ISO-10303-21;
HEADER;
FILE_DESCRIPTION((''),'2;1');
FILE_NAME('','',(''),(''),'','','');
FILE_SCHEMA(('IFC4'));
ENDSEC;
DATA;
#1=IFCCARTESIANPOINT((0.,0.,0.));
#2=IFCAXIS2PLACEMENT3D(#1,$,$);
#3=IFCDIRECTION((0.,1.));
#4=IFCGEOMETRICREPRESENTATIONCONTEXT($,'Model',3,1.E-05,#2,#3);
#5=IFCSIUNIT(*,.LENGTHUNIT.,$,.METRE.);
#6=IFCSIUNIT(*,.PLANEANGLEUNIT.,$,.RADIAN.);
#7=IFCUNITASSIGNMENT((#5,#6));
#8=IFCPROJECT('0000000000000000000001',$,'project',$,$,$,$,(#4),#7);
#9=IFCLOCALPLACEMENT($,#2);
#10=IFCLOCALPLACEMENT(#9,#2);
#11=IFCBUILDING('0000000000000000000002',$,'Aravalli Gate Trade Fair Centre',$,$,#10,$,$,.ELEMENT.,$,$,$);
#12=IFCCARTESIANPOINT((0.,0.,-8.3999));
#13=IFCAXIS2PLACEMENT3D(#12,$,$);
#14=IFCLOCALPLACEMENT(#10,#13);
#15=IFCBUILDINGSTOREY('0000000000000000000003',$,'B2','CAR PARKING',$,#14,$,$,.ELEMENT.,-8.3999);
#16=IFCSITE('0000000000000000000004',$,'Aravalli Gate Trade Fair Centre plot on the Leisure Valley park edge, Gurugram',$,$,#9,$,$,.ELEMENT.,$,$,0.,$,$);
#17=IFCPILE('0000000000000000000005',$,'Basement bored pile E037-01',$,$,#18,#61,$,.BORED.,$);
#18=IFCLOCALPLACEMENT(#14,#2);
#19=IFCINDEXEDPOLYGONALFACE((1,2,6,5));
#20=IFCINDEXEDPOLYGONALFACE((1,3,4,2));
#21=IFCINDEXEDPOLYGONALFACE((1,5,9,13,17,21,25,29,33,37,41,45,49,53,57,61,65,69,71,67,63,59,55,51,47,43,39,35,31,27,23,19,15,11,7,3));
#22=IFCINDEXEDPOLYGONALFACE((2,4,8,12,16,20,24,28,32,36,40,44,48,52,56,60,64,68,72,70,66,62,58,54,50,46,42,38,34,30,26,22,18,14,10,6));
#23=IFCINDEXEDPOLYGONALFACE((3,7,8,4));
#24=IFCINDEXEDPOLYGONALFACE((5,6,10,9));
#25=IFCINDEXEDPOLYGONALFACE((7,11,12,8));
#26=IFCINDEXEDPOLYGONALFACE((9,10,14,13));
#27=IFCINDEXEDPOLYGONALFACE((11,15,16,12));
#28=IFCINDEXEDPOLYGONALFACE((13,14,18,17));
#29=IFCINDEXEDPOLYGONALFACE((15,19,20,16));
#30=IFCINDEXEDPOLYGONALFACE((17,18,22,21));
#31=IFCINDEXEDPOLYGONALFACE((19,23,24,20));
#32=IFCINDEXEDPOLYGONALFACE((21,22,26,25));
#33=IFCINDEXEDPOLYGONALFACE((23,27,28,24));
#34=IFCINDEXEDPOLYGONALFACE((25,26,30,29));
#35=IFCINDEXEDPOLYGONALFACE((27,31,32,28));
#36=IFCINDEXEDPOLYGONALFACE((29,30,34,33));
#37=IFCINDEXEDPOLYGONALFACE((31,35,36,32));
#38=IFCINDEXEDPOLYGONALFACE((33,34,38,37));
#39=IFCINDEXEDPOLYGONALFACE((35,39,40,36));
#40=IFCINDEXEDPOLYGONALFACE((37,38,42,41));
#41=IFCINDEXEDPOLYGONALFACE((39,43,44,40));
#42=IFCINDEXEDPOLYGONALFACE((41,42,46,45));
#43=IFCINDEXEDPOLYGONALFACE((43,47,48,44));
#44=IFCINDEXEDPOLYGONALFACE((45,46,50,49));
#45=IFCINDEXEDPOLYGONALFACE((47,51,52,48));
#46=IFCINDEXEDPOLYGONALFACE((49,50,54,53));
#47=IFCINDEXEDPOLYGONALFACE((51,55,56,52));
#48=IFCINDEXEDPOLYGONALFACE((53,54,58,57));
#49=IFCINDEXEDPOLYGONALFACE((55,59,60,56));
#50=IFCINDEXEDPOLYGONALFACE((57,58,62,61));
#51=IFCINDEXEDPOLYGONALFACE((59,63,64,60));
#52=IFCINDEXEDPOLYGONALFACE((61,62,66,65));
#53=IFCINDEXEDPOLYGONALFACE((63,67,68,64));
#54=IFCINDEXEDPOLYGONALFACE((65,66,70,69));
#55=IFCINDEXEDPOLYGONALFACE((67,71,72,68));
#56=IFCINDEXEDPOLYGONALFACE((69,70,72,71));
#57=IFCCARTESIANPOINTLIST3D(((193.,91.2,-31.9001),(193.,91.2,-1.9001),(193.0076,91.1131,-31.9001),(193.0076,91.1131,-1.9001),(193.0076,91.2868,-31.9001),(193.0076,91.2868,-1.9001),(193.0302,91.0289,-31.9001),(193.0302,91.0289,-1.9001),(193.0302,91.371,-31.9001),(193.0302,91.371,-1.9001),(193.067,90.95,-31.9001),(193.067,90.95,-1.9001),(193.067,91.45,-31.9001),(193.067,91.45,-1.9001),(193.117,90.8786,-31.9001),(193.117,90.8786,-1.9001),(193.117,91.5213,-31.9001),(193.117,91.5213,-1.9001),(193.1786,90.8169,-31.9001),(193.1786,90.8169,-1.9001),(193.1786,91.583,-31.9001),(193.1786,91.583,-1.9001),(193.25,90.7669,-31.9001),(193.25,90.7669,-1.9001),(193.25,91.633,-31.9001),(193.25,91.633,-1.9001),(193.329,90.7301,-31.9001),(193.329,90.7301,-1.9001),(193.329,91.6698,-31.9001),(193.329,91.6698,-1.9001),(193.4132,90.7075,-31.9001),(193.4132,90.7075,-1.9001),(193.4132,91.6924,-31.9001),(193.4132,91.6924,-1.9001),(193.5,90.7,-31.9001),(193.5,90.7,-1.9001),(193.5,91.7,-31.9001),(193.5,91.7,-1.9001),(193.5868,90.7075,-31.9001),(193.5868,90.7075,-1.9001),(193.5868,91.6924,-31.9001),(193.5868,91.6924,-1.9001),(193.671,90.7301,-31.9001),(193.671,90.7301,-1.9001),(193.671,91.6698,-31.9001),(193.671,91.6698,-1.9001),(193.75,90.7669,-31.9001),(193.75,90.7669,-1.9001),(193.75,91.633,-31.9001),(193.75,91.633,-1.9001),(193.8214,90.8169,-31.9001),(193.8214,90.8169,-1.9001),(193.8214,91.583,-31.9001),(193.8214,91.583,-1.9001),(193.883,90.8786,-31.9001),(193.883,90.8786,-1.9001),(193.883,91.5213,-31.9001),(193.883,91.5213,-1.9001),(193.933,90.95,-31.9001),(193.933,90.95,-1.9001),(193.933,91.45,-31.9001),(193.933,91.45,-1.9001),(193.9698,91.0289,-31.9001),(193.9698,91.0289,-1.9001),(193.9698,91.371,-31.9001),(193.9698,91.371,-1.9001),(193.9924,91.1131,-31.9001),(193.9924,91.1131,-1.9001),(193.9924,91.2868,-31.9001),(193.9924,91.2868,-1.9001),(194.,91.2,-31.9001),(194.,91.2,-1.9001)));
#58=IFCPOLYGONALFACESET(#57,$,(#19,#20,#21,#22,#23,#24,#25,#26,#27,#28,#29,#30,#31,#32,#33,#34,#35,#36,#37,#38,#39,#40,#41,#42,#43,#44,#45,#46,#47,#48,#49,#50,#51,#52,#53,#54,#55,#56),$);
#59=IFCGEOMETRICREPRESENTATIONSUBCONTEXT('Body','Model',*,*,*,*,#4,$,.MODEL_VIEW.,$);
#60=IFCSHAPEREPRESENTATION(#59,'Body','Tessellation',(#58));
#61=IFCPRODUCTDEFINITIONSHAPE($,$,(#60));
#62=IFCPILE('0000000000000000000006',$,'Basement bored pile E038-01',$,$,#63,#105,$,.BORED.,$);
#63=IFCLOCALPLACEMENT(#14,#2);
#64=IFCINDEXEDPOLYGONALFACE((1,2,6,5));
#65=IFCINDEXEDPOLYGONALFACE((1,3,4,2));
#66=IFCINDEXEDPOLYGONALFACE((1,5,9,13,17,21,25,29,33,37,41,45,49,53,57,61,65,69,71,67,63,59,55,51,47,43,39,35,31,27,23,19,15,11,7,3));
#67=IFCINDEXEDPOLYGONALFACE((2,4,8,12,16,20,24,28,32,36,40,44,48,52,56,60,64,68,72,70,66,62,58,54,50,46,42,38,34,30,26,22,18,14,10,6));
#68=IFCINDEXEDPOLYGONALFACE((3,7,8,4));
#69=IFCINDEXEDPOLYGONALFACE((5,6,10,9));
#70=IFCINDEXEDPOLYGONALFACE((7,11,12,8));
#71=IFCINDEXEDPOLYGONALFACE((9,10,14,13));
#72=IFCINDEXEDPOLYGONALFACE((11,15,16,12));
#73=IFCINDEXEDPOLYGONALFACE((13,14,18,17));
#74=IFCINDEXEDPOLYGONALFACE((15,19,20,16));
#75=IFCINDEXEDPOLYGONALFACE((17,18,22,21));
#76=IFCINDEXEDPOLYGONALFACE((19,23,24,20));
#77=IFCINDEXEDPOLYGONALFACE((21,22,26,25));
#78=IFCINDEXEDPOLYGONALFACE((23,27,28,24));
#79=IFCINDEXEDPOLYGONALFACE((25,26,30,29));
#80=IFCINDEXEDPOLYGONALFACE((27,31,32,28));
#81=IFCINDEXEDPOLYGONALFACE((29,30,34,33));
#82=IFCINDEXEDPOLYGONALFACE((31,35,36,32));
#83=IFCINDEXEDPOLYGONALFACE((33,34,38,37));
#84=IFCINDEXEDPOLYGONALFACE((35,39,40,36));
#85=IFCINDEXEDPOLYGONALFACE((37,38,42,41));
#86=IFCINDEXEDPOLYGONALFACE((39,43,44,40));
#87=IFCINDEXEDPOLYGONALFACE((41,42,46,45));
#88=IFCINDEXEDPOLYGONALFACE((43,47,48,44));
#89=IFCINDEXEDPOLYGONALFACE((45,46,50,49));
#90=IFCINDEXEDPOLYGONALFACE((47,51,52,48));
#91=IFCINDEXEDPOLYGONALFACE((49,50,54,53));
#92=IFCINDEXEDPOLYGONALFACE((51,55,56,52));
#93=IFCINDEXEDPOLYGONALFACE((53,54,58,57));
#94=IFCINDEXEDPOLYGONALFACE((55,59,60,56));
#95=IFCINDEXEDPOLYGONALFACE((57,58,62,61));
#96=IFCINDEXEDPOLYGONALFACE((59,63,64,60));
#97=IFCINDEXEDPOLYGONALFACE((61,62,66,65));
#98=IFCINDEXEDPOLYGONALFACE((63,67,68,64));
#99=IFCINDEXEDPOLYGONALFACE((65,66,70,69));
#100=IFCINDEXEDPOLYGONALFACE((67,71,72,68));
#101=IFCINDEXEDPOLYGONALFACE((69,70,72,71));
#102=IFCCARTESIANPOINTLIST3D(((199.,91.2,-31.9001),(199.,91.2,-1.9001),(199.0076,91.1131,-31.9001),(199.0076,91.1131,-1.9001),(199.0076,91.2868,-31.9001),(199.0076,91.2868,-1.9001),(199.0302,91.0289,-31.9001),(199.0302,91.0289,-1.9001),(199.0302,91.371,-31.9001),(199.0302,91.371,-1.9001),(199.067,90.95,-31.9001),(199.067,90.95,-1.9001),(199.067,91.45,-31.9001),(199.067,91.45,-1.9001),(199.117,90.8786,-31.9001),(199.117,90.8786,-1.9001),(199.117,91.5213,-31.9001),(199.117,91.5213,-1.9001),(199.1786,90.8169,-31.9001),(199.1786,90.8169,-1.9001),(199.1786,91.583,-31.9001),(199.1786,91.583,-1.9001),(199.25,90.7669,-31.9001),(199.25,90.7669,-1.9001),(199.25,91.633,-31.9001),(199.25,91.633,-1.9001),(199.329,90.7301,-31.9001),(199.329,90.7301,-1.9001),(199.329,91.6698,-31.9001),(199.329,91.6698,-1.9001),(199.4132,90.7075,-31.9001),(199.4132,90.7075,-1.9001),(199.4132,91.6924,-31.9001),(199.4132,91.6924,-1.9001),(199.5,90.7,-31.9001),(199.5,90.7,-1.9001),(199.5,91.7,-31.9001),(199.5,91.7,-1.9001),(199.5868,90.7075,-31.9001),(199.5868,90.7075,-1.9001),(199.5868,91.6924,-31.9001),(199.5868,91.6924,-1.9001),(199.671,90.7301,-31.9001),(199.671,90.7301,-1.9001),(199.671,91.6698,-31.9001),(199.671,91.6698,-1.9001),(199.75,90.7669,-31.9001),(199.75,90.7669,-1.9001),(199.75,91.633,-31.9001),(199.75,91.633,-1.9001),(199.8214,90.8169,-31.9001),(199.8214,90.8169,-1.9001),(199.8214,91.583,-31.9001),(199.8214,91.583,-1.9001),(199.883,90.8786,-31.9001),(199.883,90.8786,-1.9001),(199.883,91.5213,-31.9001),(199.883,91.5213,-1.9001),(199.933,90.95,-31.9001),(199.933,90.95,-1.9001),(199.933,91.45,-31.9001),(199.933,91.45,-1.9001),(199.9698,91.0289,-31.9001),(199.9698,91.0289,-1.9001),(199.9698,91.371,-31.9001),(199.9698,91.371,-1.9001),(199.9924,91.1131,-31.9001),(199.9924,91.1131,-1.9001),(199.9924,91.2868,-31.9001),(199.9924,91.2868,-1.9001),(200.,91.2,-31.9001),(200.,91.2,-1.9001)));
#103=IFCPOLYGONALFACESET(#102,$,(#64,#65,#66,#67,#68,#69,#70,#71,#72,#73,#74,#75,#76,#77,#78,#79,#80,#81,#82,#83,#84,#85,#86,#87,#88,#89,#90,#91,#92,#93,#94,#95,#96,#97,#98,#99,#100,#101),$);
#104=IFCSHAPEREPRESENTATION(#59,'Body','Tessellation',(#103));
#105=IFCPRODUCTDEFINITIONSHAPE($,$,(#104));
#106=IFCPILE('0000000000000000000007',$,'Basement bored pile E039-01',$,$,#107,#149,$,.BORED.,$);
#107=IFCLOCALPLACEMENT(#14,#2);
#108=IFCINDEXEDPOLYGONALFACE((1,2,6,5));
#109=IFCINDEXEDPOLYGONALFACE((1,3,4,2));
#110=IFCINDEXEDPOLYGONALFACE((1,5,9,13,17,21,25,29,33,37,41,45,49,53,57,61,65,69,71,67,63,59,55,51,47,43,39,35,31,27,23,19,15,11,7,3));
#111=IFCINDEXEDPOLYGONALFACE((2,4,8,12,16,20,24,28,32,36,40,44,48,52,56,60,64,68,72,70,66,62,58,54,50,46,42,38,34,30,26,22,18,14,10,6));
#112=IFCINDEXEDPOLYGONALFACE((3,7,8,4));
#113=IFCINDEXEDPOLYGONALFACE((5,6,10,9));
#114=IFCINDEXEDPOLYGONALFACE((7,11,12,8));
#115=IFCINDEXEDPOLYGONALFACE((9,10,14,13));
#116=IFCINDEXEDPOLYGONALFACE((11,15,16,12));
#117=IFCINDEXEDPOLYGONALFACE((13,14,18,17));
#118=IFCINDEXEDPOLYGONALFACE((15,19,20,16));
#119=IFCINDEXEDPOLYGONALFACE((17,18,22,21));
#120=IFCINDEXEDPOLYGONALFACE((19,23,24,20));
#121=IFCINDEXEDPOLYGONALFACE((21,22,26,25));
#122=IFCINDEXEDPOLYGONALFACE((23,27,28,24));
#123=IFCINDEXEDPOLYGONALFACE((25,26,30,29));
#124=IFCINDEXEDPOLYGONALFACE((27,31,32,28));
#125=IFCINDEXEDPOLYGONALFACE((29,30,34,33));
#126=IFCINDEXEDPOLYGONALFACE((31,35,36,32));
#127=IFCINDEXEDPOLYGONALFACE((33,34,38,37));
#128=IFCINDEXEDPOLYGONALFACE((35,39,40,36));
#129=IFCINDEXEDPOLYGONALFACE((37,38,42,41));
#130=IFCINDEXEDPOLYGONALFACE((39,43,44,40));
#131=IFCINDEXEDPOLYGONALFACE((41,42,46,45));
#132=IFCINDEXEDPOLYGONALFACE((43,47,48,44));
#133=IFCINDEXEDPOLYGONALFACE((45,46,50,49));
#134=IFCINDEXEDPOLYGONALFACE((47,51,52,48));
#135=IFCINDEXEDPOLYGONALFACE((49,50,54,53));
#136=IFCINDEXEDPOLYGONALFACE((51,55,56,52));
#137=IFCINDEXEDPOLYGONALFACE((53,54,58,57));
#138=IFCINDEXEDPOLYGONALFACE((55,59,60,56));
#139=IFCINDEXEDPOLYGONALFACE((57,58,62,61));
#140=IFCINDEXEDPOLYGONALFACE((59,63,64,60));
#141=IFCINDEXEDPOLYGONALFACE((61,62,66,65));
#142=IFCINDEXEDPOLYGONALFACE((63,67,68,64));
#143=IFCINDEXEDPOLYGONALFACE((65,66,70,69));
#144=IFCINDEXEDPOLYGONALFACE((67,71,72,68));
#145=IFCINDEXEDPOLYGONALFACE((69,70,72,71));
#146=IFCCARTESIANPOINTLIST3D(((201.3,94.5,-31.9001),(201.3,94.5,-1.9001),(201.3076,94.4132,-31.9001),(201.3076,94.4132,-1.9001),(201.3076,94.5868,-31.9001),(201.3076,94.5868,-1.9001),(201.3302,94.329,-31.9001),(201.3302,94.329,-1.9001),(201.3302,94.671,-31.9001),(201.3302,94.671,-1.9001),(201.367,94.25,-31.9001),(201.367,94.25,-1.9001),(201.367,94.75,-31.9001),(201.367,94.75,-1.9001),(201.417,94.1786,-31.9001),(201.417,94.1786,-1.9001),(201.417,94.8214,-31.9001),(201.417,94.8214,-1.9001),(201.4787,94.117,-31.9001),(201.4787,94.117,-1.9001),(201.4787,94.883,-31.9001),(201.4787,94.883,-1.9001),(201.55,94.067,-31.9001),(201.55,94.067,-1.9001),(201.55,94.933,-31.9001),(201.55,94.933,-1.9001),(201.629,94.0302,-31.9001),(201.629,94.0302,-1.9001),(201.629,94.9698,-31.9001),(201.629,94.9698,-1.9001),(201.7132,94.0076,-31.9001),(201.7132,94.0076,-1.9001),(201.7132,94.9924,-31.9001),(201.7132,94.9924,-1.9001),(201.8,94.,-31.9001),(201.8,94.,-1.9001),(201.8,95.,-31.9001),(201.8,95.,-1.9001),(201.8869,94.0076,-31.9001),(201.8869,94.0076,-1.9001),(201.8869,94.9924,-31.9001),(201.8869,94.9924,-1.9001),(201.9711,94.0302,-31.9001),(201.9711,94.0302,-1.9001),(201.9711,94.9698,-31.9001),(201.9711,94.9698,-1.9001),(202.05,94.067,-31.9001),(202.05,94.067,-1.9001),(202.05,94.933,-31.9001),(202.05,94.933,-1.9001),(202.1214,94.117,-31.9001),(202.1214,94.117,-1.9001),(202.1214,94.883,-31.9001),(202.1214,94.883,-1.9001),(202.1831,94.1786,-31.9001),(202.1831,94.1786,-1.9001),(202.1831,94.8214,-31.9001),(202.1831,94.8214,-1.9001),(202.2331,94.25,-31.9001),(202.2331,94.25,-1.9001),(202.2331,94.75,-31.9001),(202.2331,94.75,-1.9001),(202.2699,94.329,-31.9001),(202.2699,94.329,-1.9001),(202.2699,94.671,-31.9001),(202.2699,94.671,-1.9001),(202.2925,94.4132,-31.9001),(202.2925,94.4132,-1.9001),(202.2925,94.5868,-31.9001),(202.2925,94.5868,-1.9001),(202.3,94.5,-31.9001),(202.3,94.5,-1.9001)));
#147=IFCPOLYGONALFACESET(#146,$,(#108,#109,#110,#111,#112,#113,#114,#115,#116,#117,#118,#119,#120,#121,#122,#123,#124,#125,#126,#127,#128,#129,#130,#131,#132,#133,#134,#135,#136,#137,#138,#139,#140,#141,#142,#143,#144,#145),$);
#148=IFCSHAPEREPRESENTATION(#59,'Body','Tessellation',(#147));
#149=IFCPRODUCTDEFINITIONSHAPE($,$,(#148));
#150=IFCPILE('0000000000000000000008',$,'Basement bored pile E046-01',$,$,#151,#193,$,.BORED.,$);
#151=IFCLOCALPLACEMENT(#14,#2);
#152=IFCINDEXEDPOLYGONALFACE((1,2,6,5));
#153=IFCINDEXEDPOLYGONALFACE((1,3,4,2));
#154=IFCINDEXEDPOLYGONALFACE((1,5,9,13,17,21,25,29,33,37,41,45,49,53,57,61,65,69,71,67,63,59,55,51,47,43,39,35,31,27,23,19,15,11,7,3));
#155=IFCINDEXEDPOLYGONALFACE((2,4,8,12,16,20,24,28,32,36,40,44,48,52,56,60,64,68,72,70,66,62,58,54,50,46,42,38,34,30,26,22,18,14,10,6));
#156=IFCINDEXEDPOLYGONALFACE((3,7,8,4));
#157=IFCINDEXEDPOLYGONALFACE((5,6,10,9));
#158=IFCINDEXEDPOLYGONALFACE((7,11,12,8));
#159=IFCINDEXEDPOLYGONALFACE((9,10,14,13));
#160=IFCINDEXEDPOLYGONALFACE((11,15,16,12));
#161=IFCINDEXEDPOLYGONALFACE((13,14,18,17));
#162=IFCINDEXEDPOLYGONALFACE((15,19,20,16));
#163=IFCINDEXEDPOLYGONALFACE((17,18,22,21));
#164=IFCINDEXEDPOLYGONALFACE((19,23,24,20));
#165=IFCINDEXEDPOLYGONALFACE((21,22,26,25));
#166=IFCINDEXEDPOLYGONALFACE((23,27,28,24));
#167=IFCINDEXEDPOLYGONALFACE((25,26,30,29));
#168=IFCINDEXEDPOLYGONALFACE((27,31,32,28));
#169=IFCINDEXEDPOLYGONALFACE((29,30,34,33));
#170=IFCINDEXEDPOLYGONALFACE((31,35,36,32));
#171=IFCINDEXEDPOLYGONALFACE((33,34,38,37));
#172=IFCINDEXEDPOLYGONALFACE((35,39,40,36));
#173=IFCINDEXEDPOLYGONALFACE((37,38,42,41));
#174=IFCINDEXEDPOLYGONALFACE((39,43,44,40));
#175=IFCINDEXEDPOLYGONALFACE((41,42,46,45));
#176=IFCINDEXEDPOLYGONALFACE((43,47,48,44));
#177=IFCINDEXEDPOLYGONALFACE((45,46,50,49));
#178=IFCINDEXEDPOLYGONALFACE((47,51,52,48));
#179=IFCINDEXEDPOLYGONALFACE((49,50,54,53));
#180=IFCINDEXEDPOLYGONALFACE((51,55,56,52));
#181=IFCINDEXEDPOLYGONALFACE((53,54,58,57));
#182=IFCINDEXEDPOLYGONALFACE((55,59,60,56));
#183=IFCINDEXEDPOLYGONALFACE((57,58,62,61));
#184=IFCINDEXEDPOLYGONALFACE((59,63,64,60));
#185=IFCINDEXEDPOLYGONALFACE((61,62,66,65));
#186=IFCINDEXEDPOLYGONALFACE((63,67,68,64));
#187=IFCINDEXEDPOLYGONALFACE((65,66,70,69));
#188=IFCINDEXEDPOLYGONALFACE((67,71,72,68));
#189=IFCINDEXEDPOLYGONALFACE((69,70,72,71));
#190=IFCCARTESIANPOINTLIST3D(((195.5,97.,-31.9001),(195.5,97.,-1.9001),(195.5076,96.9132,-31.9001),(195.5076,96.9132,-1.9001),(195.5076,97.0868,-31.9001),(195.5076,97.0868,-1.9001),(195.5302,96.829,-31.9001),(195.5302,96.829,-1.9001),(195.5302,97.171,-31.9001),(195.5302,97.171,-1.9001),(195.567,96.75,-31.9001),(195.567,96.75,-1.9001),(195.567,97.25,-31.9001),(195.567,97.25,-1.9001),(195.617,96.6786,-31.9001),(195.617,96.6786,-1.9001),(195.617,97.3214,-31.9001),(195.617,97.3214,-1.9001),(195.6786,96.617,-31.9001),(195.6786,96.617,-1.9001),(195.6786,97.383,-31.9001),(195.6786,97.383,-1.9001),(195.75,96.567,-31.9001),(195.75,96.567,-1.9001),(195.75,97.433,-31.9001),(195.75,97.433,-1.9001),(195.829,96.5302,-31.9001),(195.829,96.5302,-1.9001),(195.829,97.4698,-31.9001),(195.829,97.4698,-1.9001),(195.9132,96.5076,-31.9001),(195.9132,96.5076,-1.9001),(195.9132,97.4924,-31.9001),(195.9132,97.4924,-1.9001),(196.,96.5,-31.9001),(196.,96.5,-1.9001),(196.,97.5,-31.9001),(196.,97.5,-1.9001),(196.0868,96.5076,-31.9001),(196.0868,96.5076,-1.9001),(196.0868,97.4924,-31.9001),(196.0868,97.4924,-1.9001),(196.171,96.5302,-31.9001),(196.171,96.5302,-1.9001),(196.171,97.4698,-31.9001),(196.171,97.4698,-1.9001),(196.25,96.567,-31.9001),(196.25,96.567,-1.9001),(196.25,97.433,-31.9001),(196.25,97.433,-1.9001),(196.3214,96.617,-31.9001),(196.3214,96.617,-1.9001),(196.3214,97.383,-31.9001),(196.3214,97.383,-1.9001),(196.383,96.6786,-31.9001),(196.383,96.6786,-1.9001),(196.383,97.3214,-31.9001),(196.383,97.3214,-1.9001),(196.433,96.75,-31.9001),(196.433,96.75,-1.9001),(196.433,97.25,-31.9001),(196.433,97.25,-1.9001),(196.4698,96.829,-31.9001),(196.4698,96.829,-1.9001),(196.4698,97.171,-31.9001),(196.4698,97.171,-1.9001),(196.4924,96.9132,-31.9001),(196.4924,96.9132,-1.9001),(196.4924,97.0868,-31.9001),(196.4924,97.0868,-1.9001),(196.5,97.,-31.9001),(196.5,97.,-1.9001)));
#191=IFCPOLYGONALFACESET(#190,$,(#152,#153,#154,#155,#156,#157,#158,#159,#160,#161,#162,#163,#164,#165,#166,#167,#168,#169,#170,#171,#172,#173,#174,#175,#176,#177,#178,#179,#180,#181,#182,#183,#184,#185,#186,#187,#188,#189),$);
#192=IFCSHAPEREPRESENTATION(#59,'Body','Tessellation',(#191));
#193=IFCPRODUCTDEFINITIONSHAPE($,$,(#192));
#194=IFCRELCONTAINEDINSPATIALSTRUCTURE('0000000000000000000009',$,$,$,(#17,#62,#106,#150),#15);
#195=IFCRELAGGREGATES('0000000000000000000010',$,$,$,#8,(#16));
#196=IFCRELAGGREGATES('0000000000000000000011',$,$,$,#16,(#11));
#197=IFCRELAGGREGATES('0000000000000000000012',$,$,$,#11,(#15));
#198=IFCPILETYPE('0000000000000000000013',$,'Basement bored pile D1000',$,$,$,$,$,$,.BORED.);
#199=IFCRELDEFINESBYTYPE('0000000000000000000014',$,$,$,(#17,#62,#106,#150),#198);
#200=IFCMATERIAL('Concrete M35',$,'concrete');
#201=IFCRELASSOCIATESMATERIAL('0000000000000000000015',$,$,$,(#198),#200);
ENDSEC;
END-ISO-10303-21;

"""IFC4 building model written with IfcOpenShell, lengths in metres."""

from ifc_helpers import new_model, si_unit, direction, frame, origin, origin_2d, place, context, subcontext, project, spatial, circle, extrude, material, material_profile, profile_set, type_object, element, save


model = new_model("IFC4")

# Units and contexts
model_context = context("Model", 3, precision=1e-05, world=origin(), true_north=direction((0.0, 1.0)))
body_context = subcontext(model_context, "Body", "Model", "MODEL_VIEW")
ifc_project = project(units=[si_unit("LENGTHUNIT", "METRE"), si_unit("PLANEANGLEUNIT", "RADIAN")], contexts=[model_context])

# Site, building, storey
site_placement = place(None, origin())
site = spatial("IfcSite", under=ifc_project, at=site_placement, Name="Aravalli Gate Trade Fair Centre plot on the Leisure Valley park edge, Gurugram", CompositionType="ELEMENT", RefElevation=0.0)
building_placement = place(site_placement, origin())
building = spatial("IfcBuilding", under=site, at=building_placement, Name="Aravalli Gate Trade Fair Centre", CompositionType="ELEMENT")
storey_placement = place(building_placement, frame((0.0, 0.0, -8.3999)))
storey = spatial("IfcBuildingStorey", under=building, at=storey_placement, Name="B2", Description="CAR PARKING", CompositionType="ELEMENT", Elevation=-8.3999)

# Piles
ifc_material_1 = material(Name="Concrete M35", Category="concrete")
ifc_material_profile_1 = material_profile(ifc_material_1, circle(Radius=0.5, at=origin_2d()), Name="D1000")
ifc_profile_set_1 = profile_set([ifc_material_profile_1], Name="Concrete M35")
pile_type = type_object("IfcPileType", Name="Basement bored pile D1000", PredefinedType="BORED", material=ifc_profile_set_1)
for number, where, z_axis, x_axis, name in (
    (1, (193.5, 91.2, -1.9001), (0.0, 0.0, -1.0), (1.0, 0.0, 0.0), "Basement bored pile E037-01"),
    (2, (199.5, 91.2, -1.9001), (0.0, 0.0, -1.0), (1.0, 0.0, 0.0), "Basement bored pile E038-01"),
    (3, (201.8, 94.5, -1.9001), (0.0, 0.0, -1.0), (1.0, 0.0, 0.0), "Basement bored pile E039-01"),
    (4, (196.0, 97.0, -1.9001), (0.0, 0.0, -1.0), (1.0, 0.0, 0.0), "Basement bored pile E046-01"),
):
    element("IfcPile", number, at=place(storey_placement, frame(where, z_axis=z_axis, x_axis=x_axis)), inside=storey, type_object=pile_type, Name=name, PredefinedType="BORED", context=body_context, shape_type="SweptSolid", body=[
        extrude(circle(Radius=0.5, at=origin_2d()), origin(), (0.0, 0.0, 1.0), 30.0),
    ])

save(model, "model.ifc")
